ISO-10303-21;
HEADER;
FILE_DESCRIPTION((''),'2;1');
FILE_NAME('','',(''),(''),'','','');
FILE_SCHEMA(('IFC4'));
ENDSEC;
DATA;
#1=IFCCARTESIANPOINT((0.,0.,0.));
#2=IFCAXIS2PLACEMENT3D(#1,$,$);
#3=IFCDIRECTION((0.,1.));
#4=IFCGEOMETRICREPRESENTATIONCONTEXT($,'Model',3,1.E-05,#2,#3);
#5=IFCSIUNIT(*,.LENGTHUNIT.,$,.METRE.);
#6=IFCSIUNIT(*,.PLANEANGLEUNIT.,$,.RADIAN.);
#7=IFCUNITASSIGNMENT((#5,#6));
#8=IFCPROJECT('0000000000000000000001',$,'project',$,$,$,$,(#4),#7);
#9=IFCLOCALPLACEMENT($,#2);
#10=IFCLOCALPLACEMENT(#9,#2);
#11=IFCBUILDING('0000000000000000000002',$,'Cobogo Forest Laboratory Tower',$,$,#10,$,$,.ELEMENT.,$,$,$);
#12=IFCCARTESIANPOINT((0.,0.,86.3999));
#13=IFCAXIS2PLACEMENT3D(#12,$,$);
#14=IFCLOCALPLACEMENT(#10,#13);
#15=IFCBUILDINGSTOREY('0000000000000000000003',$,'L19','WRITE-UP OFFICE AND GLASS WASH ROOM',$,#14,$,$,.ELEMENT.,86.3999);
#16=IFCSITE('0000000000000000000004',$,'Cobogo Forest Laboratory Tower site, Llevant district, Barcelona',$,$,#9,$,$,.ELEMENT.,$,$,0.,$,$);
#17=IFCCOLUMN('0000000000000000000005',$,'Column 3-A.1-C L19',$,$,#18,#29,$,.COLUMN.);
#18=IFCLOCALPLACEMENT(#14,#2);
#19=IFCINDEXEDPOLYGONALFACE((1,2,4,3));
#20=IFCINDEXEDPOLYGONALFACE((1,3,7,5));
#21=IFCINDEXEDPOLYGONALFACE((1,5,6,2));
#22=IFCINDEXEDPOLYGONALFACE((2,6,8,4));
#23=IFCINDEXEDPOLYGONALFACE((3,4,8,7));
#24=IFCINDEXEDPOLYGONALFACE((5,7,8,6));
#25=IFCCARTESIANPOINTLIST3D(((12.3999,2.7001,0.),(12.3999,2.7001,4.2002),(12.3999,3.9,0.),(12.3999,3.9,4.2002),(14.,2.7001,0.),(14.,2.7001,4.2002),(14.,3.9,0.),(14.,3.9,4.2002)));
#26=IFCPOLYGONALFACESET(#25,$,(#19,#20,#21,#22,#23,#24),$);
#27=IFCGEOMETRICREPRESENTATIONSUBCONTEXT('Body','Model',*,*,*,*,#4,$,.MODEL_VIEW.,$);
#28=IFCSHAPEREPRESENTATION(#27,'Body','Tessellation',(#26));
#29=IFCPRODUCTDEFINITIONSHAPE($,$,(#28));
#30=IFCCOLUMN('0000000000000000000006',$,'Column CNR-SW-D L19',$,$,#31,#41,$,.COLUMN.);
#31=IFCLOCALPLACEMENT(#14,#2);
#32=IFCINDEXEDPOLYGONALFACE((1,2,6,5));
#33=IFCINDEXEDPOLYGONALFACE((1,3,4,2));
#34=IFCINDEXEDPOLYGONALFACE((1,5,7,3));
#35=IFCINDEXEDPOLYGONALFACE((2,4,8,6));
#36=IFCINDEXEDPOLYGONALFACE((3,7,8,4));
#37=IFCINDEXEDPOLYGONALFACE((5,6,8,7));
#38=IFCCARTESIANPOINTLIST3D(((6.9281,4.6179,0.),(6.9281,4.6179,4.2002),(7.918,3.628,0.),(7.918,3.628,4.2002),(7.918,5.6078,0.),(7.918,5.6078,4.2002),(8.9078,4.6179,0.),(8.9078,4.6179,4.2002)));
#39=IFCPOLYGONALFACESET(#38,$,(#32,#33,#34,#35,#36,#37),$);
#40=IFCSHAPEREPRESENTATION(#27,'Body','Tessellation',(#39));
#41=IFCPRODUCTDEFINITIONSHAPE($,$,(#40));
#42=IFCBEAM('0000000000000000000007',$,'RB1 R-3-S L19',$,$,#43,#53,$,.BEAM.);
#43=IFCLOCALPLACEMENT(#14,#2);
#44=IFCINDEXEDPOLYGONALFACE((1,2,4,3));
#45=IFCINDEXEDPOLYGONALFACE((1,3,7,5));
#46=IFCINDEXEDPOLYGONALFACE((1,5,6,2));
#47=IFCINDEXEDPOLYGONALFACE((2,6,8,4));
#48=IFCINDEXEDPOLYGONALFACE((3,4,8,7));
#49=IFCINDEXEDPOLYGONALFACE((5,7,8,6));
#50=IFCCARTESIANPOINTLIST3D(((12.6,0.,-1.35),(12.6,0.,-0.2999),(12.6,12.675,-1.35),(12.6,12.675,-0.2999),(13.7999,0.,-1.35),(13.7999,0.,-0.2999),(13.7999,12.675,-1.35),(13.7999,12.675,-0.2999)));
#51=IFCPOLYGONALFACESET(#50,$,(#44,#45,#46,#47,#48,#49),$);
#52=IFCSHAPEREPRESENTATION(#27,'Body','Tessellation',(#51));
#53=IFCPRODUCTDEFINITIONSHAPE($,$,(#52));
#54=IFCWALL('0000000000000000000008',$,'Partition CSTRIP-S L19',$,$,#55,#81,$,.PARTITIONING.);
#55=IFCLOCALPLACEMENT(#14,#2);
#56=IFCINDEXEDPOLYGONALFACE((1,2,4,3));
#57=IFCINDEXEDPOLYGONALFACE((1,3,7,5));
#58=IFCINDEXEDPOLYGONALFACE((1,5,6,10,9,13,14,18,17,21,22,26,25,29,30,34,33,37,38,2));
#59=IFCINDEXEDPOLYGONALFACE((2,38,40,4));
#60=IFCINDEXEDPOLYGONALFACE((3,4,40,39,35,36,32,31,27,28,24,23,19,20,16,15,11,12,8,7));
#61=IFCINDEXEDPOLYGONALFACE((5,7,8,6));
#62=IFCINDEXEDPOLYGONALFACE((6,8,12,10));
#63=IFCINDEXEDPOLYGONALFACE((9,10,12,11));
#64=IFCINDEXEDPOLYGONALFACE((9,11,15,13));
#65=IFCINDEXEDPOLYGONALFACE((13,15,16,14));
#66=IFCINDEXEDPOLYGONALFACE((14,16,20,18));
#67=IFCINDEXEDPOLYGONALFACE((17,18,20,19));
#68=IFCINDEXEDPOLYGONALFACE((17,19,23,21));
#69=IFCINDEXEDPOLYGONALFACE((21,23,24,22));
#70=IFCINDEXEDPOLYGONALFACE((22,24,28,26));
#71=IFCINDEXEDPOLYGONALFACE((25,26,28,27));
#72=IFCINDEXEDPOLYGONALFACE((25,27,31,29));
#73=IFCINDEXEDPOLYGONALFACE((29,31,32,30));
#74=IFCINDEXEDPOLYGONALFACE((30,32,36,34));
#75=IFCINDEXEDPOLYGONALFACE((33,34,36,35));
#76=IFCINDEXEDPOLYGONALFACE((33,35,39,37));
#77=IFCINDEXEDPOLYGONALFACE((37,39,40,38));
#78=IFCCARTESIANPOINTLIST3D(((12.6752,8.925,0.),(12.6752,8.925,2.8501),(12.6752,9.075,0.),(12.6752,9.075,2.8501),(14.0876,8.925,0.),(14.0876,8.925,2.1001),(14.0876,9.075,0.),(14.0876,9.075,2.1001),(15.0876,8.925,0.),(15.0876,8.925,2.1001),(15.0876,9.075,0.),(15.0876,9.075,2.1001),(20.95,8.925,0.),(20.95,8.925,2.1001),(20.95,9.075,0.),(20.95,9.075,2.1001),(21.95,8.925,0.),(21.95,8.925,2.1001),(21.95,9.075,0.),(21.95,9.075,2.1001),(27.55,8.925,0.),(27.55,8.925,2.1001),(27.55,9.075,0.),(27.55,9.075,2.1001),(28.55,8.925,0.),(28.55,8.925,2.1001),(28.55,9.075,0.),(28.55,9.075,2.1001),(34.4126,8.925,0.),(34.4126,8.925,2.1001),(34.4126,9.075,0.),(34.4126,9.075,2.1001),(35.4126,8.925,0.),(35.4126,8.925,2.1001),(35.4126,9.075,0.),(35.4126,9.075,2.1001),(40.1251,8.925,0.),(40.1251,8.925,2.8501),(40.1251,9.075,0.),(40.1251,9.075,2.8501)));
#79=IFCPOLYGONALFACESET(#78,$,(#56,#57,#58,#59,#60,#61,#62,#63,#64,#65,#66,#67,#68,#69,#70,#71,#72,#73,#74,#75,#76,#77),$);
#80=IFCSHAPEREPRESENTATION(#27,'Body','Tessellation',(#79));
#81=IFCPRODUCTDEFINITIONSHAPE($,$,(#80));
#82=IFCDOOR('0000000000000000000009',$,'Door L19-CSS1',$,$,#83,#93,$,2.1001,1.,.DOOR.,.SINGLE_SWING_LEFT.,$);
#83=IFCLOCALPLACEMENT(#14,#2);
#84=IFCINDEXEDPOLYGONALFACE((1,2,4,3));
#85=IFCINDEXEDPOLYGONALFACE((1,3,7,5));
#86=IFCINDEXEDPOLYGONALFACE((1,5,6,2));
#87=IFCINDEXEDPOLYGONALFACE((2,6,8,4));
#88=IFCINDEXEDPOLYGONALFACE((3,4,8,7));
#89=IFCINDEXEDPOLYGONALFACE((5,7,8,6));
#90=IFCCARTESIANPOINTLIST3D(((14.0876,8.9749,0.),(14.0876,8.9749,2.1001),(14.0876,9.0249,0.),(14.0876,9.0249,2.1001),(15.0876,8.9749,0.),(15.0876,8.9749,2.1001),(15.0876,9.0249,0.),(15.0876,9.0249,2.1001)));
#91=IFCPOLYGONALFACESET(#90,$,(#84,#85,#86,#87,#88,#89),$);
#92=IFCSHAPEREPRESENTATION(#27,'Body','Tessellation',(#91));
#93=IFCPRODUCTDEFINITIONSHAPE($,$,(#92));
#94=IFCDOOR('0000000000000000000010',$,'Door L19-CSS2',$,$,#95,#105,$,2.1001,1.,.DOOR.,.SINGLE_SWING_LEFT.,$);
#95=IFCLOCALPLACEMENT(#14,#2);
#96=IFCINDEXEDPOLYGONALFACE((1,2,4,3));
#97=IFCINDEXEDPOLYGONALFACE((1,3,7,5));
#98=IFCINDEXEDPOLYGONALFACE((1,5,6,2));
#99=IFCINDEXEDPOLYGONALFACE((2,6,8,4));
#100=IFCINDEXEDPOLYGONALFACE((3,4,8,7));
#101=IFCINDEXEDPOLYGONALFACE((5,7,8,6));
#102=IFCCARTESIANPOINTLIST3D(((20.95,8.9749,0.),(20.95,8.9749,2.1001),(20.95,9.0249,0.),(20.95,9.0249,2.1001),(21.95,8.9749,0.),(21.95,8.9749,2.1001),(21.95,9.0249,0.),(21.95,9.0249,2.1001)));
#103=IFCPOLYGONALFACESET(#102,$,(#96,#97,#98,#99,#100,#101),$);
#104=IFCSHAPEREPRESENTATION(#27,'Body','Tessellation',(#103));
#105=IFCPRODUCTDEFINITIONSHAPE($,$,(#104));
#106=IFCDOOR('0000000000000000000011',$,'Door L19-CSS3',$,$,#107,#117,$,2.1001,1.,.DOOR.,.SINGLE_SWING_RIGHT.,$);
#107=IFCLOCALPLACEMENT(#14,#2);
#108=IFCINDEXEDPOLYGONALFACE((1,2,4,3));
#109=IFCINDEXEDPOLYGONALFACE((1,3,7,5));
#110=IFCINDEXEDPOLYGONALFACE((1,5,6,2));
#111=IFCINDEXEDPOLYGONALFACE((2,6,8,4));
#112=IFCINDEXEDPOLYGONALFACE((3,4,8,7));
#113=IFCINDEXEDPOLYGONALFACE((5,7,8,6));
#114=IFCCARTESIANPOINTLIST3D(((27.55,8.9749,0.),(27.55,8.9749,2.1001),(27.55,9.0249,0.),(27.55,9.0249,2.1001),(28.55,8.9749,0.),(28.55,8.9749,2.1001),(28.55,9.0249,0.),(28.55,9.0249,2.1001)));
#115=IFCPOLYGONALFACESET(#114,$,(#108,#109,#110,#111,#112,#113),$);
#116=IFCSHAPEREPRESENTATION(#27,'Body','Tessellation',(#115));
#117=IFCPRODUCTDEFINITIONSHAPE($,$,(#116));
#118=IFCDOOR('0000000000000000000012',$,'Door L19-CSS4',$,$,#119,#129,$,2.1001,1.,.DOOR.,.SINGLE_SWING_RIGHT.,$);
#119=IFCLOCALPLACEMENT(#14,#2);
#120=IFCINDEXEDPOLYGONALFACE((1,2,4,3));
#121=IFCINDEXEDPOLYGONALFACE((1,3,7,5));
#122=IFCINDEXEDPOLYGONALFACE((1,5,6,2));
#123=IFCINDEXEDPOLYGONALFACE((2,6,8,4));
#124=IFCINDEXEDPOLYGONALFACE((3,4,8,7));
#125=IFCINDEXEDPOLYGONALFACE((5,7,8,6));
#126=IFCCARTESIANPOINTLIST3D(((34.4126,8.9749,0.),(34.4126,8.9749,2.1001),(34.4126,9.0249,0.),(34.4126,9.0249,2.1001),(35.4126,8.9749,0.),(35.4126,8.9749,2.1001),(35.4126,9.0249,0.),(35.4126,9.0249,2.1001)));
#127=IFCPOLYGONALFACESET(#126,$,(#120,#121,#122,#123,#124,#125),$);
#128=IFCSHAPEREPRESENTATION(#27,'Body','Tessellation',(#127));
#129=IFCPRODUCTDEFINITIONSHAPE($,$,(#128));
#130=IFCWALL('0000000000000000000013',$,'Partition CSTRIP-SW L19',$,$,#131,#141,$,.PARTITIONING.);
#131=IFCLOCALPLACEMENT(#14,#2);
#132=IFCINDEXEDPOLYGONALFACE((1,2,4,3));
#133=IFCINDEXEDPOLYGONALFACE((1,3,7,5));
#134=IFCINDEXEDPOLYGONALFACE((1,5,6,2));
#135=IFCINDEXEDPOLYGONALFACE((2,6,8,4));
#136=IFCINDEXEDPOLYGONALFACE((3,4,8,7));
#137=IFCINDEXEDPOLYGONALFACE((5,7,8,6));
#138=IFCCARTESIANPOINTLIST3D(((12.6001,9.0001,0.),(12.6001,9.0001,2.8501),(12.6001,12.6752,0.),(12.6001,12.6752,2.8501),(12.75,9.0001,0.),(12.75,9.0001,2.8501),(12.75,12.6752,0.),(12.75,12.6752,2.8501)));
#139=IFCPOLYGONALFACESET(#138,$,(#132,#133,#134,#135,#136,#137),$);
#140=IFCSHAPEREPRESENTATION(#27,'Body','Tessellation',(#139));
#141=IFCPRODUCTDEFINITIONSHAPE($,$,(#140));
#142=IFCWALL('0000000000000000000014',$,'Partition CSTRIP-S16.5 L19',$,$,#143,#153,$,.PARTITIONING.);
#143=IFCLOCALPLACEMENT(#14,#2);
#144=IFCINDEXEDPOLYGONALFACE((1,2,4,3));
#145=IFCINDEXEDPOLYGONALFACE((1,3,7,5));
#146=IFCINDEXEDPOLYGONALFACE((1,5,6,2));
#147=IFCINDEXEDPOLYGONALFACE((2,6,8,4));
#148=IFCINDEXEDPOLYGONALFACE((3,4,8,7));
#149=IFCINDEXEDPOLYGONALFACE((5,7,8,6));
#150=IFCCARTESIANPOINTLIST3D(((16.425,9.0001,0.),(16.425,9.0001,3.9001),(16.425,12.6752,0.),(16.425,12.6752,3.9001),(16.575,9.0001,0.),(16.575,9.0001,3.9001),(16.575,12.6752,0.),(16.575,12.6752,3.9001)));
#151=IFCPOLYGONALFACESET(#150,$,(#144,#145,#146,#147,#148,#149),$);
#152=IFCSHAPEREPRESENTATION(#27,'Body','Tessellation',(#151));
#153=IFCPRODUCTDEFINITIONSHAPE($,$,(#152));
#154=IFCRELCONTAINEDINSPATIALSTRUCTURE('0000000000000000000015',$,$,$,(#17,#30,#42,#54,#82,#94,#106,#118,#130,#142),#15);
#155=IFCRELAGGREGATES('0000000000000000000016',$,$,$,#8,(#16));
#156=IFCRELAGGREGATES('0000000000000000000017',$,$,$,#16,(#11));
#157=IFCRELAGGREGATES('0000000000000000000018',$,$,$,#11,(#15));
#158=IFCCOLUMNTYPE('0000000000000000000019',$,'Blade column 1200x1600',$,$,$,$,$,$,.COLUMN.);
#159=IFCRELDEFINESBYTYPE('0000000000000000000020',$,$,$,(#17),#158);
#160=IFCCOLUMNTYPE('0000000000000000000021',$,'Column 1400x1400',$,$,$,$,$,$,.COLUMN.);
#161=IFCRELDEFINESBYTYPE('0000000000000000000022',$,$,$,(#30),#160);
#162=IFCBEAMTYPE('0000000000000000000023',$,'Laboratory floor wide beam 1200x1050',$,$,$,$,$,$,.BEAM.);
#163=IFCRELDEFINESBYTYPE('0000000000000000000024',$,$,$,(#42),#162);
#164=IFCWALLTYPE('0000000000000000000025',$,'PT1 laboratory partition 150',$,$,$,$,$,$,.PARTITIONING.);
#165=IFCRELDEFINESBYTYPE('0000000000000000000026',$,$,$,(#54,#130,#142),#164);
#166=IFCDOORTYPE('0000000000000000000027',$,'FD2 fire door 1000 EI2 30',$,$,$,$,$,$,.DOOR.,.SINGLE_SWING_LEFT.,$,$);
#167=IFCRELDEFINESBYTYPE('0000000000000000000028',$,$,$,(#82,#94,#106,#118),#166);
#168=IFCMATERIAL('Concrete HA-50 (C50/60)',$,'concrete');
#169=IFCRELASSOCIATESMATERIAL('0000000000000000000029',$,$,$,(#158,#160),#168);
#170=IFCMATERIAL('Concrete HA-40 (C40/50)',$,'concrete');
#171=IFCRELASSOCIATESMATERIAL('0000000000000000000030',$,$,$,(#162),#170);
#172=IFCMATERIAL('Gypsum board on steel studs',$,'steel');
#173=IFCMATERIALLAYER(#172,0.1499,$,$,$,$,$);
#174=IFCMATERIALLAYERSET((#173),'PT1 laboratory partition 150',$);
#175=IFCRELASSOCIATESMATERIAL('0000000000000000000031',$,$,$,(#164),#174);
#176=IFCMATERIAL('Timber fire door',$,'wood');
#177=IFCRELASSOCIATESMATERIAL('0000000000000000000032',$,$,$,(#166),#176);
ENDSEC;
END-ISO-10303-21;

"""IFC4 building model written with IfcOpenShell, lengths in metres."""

from ifc_helpers import new_model, si_unit, direction, frame, frame_2d, origin, origin_2d, place, context, subcontext, project, spatial, rectangle, extrude, material, layer, layer_set, material_profile, profile_set, type_object, element, fill, save


model = new_model("IFC4")

# Units and contexts
model_context = context("Model", 3, precision=1e-05, world=origin(), true_north=direction((0.0, 1.0)))
body_context = subcontext(model_context, "Body", "Model", "MODEL_VIEW")
ifc_project = project(units=[si_unit("LENGTHUNIT", "METRE"), si_unit("PLANEANGLEUNIT", "RADIAN")], contexts=[model_context])

# Site, building, storey
site_placement = place(None, origin())
site = spatial("IfcSite", under=ifc_project, at=site_placement, Name="Cobogo Forest Laboratory Tower site, Llevant district, Barcelona", CompositionType="ELEMENT", RefElevation=0.0)
building_placement = place(site_placement, origin())
building = spatial("IfcBuilding", under=site, at=building_placement, Name="Cobogo Forest Laboratory Tower", CompositionType="ELEMENT")
storey_placement = place(building_placement, frame((0.0, 0.0, 86.3999)))
storey = spatial("IfcBuildingStorey", under=building, at=storey_placement, Name="L19", Description="WRITE-UP OFFICE AND GLASS WASH ROOM", CompositionType="ELEMENT", Elevation=86.3999)

# Columns
ifc_material_1 = material(Name="Concrete HA-50 (C50/60)", Category="concrete")
ifc_material_profile_1 = material_profile(ifc_material_1, rectangle(XDim=1.6001, YDim=1.2, at=origin_2d()), Name="RC 1200x1600")
ifc_profile_set_1 = profile_set([ifc_material_profile_1], Name="Concrete HA-50 (C50/60)")
column_type_1 = type_object("IfcColumnType", Name="Blade column 1200x1600", PredefinedType="COLUMN", material=ifc_profile_set_1)
column_1_placement = place(storey_placement, frame((13.2, 3.3, 0.0), z_axis=(0.0, 0.0, 1.0), x_axis=(1.0, 0.0, 0.0)))
element("IfcColumn", 1, at=column_1_placement, inside=storey, type_object=column_type_1, Name="Column 3-A.1-C L19", PredefinedType="COLUMN", context=body_context, shape_type="SweptSolid", body=[
    extrude(rectangle(XDim=1.6001, YDim=1.2, at=origin_2d()), origin(), (0.0, 0.0, 1.0), 4.2002),
])
ifc_material_profile_2 = material_profile(ifc_material_1, rectangle(XDim=1.3999, YDim=1.3999, at=origin_2d()), Name="RC 1400x1400")
ifc_profile_set_2 = profile_set([ifc_material_profile_2], Name="Concrete HA-50 (C50/60)")
column_type_2 = type_object("IfcColumnType", Name="Column 1400x1400", PredefinedType="COLUMN", material=ifc_profile_set_2)
column_2_placement = place(storey_placement, frame((7.918, 4.6179, 0.0), z_axis=(0.0, 0.0, 1.0), x_axis=(0.707107, 0.707107, 0.0)))
element("IfcColumn", 2, at=column_2_placement, inside=storey, type_object=column_type_2, Name="Column CNR-SW-D L19", PredefinedType="COLUMN", context=body_context, shape_type="SweptSolid", body=[
    extrude(rectangle(XDim=1.3999, YDim=1.3999, at=origin_2d()), origin(), (0.0, 0.0, 1.0), 4.2002),
])

# Beam
ifc_material_2 = material(Name="Concrete HA-40 (C40/50)", Category="concrete")
ifc_material_profile_3 = material_profile(ifc_material_2, rectangle(XDim=1.2, YDim=1.05, at=origin_2d()), Name="RC 1200x1050")
ifc_profile_set_3 = profile_set([ifc_material_profile_3], Name="Concrete HA-40 (C40/50)")
beam_type = type_object("IfcBeamType", Name="Laboratory floor wide beam 1200x1050", PredefinedType="BEAM", material=ifc_profile_set_3)
beam_placement = place(storey_placement, frame((13.2, 12.675, -0.825), z_axis=(0.0, -1.0, 0.0), x_axis=(1.0, 0.0, 0.0)))
element("IfcBeam", 3, at=beam_placement, inside=storey, type_object=beam_type, Name="RB1 R-3-S L19", PredefinedType="BEAM", context=body_context, shape_type="SweptSolid", body=[
    extrude(rectangle(XDim=1.2, YDim=1.05, at=origin_2d()), origin(), (0.0, 0.0, 1.0), 12.675),
])

# Wall, openings, doors
ifc_material_3 = material(Name="Gypsum board on steel studs", Category="steel")
ifc_layer_1 = layer(ifc_material_3, 0.1499)
ifc_layer_set_1 = layer_set([ifc_layer_1], Name="PT1 laboratory partition 150")
wall_type_1 = type_object("IfcWallType", Name="PT1 laboratory partition 150", PredefinedType="PARTITIONING", material=ifc_layer_set_1)
wall_1_placement = place(storey_placement, frame((12.675, 9.0, 0.0), z_axis=(0.0, 0.0, 1.0), x_axis=(1.0, 0.0, 0.0)))
wall_1 = element("IfcWall", 4, at=wall_1_placement, inside=storey, type_object=wall_type_1, Name="Partition CSTRIP-S L19", PredefinedType="PARTITIONING", context=body_context, shape_type="SweptSolid", body=[
    extrude(rectangle(XDim=27.45, YDim=0.1499, at=frame_2d((13.7251, 0.0))), origin(), (0.0, 0.0, 1.0), 2.8501),
])
opening_1_placement = place(wall_1_placement, frame((1.4126, 0.0, 0.0)))
opening_1 = element("IfcOpeningElement", 5, at=opening_1_placement, cuts=wall_1, PredefinedType="OPENING", context=body_context, shape_type="SweptSolid", body=[
    extrude(rectangle(XDim=1.0, YDim=2.1001, at=frame_2d((0.5, 1.05))), frame((0.0, 0.085, 0.0), z_axis=(0.0, -1.0, 0.0), x_axis=(1.0, 0.0, 0.0)), (0.0, 0.0, 1.0), 0.1699),
])
opening_2_placement = place(wall_1_placement, frame((8.2749, 0.0, 0.0)))
opening_2 = element("IfcOpeningElement", 6, at=opening_2_placement, cuts=wall_1, PredefinedType="OPENING", context=body_context, shape_type="SweptSolid", body=[
    extrude(rectangle(XDim=1.0, YDim=2.1001, at=frame_2d((0.5, 1.05))), frame((0.0, 0.085, 0.0), z_axis=(0.0, -1.0, 0.0), x_axis=(1.0, 0.0, 0.0)), (0.0, 0.0, 1.0), 0.1699),
])
opening_3_placement = place(wall_1_placement, frame((14.875, 0.0, 0.0)))
opening_3 = element("IfcOpeningElement", 7, at=opening_3_placement, cuts=wall_1, PredefinedType="OPENING", context=body_context, shape_type="SweptSolid", body=[
    extrude(rectangle(XDim=1.0, YDim=2.1001, at=frame_2d((0.5, 1.05))), frame((0.0, 0.085, 0.0), z_axis=(0.0, -1.0, 0.0), x_axis=(1.0, 0.0, 0.0)), (0.0, 0.0, 1.0), 0.1699),
])
opening_4_placement = place(wall_1_placement, frame((21.7375, 0.0, 0.0)))
opening_4 = element("IfcOpeningElement", 8, at=opening_4_placement, cuts=wall_1, PredefinedType="OPENING", context=body_context, shape_type="SweptSolid", body=[
    extrude(rectangle(XDim=1.0, YDim=2.1001, at=frame_2d((0.5, 1.05))), frame((0.0, 0.085, 0.0), z_axis=(0.0, -1.0, 0.0), x_axis=(1.0, 0.0, 0.0)), (0.0, 0.0, 1.0), 0.1699),
])
ifc_material_4 = material(Name="Timber fire door", Category="wood")
door_type_1 = type_object("IfcDoorType", Name="FD2 fire door 1000 EI2 30", OperationType="SINGLE_SWING_LEFT", PredefinedType="DOOR", material=ifc_material_4)
door_1_placement = place(opening_1_placement, origin())
door_1 = element("IfcDoor", 9, at=door_1_placement, inside=storey, type_object=door_type_1, Name="Door L19-CSS1", OperationType="SINGLE_SWING_LEFT", OverallHeight=2.1001, OverallWidth=1.0, PredefinedType="DOOR", context=body_context, shape_type="SweptSolid", body=[
    extrude(rectangle(XDim=1.0, YDim=2.1001, at=frame_2d((0.5, 1.05))), frame((0.0, 0.0249, 0.0), z_axis=(0.0, -1.0, 0.0), x_axis=(1.0, 0.0, 0.0)), (0.0, 0.0, 1.0), 0.05),
])
fill(opening_1, door_1)
door_2_placement = place(opening_2_placement, origin())
door_2 = element("IfcDoor", 10, at=door_2_placement, inside=storey, type_object=door_type_1, Name="Door L19-CSS2", OperationType="SINGLE_SWING_LEFT", OverallHeight=2.1001, OverallWidth=1.0, PredefinedType="DOOR", context=body_context, shape_type="SweptSolid", body=[
    extrude(rectangle(XDim=1.0, YDim=2.1001, at=frame_2d((0.5, 1.05))), frame((0.0, 0.0249, 0.0), z_axis=(0.0, -1.0, 0.0), x_axis=(1.0, 0.0, 0.0)), (0.0, 0.0, 1.0), 0.05),
])
fill(opening_2, door_2)
door_3_placement = place(opening_3_placement, origin())
door_3 = element("IfcDoor", 11, at=door_3_placement, inside=storey, type_object=door_type_1, Name="Door L19-CSS3", OperationType="SINGLE_SWING_RIGHT", OverallHeight=2.1001, OverallWidth=1.0, PredefinedType="DOOR", context=body_context, shape_type="SweptSolid", body=[
    extrude(rectangle(XDim=1.0, YDim=2.1001, at=frame_2d((0.5, 1.05))), frame((0.0, 0.0249, 0.0), z_axis=(0.0, -1.0, 0.0), x_axis=(1.0, 0.0, 0.0)), (0.0, 0.0, 1.0), 0.05),
])
fill(opening_3, door_3)
door_4_placement = place(opening_4_placement, origin())
door_4 = element("IfcDoor", 12, at=door_4_placement, inside=storey, type_object=door_type_1, Name="Door L19-CSS4", OperationType="SINGLE_SWING_RIGHT", OverallHeight=2.1001, OverallWidth=1.0, PredefinedType="DOOR", context=body_context, shape_type="SweptSolid", body=[
    extrude(rectangle(XDim=1.0, YDim=2.1001, at=frame_2d((0.5, 1.05))), frame((0.0, 0.0249, 0.0), z_axis=(0.0, -1.0, 0.0), x_axis=(1.0, 0.0, 0.0)), (0.0, 0.0, 1.0), 0.05),
])
fill(opening_4, door_4)

# Walls
wall_2_placement = place(storey_placement, frame((12.675, 12.675, 0.0), z_axis=(0.0, 0.0, 1.0), x_axis=(0.0, -1.0, 0.0)))
element("IfcWall", 13, at=wall_2_placement, inside=storey, type_object=wall_type_1, Name="Partition CSTRIP-SW L19", PredefinedType="PARTITIONING", context=body_context, shape_type="SweptSolid", body=[
    extrude(rectangle(XDim=3.675, YDim=0.1499, at=frame_2d((1.8374, 0.0))), origin(), (0.0, 0.0, 1.0), 2.8501),
])
wall_3_placement = place(storey_placement, frame((16.5, 12.675, 0.0), z_axis=(0.0, 0.0, 1.0), x_axis=(0.0, -1.0, 0.0)))
element("IfcWall", 14, at=wall_3_placement, inside=storey, type_object=wall_type_1, Name="Partition CSTRIP-S16.5 L19", PredefinedType="PARTITIONING", context=body_context, shape_type="SweptSolid", body=[
    extrude(rectangle(XDim=3.675, YDim=0.1499, at=frame_2d((1.8374, 0.0))), origin(), (0.0, 0.0, 1.0), 3.9001),
])

save(model, "model.ifc")
